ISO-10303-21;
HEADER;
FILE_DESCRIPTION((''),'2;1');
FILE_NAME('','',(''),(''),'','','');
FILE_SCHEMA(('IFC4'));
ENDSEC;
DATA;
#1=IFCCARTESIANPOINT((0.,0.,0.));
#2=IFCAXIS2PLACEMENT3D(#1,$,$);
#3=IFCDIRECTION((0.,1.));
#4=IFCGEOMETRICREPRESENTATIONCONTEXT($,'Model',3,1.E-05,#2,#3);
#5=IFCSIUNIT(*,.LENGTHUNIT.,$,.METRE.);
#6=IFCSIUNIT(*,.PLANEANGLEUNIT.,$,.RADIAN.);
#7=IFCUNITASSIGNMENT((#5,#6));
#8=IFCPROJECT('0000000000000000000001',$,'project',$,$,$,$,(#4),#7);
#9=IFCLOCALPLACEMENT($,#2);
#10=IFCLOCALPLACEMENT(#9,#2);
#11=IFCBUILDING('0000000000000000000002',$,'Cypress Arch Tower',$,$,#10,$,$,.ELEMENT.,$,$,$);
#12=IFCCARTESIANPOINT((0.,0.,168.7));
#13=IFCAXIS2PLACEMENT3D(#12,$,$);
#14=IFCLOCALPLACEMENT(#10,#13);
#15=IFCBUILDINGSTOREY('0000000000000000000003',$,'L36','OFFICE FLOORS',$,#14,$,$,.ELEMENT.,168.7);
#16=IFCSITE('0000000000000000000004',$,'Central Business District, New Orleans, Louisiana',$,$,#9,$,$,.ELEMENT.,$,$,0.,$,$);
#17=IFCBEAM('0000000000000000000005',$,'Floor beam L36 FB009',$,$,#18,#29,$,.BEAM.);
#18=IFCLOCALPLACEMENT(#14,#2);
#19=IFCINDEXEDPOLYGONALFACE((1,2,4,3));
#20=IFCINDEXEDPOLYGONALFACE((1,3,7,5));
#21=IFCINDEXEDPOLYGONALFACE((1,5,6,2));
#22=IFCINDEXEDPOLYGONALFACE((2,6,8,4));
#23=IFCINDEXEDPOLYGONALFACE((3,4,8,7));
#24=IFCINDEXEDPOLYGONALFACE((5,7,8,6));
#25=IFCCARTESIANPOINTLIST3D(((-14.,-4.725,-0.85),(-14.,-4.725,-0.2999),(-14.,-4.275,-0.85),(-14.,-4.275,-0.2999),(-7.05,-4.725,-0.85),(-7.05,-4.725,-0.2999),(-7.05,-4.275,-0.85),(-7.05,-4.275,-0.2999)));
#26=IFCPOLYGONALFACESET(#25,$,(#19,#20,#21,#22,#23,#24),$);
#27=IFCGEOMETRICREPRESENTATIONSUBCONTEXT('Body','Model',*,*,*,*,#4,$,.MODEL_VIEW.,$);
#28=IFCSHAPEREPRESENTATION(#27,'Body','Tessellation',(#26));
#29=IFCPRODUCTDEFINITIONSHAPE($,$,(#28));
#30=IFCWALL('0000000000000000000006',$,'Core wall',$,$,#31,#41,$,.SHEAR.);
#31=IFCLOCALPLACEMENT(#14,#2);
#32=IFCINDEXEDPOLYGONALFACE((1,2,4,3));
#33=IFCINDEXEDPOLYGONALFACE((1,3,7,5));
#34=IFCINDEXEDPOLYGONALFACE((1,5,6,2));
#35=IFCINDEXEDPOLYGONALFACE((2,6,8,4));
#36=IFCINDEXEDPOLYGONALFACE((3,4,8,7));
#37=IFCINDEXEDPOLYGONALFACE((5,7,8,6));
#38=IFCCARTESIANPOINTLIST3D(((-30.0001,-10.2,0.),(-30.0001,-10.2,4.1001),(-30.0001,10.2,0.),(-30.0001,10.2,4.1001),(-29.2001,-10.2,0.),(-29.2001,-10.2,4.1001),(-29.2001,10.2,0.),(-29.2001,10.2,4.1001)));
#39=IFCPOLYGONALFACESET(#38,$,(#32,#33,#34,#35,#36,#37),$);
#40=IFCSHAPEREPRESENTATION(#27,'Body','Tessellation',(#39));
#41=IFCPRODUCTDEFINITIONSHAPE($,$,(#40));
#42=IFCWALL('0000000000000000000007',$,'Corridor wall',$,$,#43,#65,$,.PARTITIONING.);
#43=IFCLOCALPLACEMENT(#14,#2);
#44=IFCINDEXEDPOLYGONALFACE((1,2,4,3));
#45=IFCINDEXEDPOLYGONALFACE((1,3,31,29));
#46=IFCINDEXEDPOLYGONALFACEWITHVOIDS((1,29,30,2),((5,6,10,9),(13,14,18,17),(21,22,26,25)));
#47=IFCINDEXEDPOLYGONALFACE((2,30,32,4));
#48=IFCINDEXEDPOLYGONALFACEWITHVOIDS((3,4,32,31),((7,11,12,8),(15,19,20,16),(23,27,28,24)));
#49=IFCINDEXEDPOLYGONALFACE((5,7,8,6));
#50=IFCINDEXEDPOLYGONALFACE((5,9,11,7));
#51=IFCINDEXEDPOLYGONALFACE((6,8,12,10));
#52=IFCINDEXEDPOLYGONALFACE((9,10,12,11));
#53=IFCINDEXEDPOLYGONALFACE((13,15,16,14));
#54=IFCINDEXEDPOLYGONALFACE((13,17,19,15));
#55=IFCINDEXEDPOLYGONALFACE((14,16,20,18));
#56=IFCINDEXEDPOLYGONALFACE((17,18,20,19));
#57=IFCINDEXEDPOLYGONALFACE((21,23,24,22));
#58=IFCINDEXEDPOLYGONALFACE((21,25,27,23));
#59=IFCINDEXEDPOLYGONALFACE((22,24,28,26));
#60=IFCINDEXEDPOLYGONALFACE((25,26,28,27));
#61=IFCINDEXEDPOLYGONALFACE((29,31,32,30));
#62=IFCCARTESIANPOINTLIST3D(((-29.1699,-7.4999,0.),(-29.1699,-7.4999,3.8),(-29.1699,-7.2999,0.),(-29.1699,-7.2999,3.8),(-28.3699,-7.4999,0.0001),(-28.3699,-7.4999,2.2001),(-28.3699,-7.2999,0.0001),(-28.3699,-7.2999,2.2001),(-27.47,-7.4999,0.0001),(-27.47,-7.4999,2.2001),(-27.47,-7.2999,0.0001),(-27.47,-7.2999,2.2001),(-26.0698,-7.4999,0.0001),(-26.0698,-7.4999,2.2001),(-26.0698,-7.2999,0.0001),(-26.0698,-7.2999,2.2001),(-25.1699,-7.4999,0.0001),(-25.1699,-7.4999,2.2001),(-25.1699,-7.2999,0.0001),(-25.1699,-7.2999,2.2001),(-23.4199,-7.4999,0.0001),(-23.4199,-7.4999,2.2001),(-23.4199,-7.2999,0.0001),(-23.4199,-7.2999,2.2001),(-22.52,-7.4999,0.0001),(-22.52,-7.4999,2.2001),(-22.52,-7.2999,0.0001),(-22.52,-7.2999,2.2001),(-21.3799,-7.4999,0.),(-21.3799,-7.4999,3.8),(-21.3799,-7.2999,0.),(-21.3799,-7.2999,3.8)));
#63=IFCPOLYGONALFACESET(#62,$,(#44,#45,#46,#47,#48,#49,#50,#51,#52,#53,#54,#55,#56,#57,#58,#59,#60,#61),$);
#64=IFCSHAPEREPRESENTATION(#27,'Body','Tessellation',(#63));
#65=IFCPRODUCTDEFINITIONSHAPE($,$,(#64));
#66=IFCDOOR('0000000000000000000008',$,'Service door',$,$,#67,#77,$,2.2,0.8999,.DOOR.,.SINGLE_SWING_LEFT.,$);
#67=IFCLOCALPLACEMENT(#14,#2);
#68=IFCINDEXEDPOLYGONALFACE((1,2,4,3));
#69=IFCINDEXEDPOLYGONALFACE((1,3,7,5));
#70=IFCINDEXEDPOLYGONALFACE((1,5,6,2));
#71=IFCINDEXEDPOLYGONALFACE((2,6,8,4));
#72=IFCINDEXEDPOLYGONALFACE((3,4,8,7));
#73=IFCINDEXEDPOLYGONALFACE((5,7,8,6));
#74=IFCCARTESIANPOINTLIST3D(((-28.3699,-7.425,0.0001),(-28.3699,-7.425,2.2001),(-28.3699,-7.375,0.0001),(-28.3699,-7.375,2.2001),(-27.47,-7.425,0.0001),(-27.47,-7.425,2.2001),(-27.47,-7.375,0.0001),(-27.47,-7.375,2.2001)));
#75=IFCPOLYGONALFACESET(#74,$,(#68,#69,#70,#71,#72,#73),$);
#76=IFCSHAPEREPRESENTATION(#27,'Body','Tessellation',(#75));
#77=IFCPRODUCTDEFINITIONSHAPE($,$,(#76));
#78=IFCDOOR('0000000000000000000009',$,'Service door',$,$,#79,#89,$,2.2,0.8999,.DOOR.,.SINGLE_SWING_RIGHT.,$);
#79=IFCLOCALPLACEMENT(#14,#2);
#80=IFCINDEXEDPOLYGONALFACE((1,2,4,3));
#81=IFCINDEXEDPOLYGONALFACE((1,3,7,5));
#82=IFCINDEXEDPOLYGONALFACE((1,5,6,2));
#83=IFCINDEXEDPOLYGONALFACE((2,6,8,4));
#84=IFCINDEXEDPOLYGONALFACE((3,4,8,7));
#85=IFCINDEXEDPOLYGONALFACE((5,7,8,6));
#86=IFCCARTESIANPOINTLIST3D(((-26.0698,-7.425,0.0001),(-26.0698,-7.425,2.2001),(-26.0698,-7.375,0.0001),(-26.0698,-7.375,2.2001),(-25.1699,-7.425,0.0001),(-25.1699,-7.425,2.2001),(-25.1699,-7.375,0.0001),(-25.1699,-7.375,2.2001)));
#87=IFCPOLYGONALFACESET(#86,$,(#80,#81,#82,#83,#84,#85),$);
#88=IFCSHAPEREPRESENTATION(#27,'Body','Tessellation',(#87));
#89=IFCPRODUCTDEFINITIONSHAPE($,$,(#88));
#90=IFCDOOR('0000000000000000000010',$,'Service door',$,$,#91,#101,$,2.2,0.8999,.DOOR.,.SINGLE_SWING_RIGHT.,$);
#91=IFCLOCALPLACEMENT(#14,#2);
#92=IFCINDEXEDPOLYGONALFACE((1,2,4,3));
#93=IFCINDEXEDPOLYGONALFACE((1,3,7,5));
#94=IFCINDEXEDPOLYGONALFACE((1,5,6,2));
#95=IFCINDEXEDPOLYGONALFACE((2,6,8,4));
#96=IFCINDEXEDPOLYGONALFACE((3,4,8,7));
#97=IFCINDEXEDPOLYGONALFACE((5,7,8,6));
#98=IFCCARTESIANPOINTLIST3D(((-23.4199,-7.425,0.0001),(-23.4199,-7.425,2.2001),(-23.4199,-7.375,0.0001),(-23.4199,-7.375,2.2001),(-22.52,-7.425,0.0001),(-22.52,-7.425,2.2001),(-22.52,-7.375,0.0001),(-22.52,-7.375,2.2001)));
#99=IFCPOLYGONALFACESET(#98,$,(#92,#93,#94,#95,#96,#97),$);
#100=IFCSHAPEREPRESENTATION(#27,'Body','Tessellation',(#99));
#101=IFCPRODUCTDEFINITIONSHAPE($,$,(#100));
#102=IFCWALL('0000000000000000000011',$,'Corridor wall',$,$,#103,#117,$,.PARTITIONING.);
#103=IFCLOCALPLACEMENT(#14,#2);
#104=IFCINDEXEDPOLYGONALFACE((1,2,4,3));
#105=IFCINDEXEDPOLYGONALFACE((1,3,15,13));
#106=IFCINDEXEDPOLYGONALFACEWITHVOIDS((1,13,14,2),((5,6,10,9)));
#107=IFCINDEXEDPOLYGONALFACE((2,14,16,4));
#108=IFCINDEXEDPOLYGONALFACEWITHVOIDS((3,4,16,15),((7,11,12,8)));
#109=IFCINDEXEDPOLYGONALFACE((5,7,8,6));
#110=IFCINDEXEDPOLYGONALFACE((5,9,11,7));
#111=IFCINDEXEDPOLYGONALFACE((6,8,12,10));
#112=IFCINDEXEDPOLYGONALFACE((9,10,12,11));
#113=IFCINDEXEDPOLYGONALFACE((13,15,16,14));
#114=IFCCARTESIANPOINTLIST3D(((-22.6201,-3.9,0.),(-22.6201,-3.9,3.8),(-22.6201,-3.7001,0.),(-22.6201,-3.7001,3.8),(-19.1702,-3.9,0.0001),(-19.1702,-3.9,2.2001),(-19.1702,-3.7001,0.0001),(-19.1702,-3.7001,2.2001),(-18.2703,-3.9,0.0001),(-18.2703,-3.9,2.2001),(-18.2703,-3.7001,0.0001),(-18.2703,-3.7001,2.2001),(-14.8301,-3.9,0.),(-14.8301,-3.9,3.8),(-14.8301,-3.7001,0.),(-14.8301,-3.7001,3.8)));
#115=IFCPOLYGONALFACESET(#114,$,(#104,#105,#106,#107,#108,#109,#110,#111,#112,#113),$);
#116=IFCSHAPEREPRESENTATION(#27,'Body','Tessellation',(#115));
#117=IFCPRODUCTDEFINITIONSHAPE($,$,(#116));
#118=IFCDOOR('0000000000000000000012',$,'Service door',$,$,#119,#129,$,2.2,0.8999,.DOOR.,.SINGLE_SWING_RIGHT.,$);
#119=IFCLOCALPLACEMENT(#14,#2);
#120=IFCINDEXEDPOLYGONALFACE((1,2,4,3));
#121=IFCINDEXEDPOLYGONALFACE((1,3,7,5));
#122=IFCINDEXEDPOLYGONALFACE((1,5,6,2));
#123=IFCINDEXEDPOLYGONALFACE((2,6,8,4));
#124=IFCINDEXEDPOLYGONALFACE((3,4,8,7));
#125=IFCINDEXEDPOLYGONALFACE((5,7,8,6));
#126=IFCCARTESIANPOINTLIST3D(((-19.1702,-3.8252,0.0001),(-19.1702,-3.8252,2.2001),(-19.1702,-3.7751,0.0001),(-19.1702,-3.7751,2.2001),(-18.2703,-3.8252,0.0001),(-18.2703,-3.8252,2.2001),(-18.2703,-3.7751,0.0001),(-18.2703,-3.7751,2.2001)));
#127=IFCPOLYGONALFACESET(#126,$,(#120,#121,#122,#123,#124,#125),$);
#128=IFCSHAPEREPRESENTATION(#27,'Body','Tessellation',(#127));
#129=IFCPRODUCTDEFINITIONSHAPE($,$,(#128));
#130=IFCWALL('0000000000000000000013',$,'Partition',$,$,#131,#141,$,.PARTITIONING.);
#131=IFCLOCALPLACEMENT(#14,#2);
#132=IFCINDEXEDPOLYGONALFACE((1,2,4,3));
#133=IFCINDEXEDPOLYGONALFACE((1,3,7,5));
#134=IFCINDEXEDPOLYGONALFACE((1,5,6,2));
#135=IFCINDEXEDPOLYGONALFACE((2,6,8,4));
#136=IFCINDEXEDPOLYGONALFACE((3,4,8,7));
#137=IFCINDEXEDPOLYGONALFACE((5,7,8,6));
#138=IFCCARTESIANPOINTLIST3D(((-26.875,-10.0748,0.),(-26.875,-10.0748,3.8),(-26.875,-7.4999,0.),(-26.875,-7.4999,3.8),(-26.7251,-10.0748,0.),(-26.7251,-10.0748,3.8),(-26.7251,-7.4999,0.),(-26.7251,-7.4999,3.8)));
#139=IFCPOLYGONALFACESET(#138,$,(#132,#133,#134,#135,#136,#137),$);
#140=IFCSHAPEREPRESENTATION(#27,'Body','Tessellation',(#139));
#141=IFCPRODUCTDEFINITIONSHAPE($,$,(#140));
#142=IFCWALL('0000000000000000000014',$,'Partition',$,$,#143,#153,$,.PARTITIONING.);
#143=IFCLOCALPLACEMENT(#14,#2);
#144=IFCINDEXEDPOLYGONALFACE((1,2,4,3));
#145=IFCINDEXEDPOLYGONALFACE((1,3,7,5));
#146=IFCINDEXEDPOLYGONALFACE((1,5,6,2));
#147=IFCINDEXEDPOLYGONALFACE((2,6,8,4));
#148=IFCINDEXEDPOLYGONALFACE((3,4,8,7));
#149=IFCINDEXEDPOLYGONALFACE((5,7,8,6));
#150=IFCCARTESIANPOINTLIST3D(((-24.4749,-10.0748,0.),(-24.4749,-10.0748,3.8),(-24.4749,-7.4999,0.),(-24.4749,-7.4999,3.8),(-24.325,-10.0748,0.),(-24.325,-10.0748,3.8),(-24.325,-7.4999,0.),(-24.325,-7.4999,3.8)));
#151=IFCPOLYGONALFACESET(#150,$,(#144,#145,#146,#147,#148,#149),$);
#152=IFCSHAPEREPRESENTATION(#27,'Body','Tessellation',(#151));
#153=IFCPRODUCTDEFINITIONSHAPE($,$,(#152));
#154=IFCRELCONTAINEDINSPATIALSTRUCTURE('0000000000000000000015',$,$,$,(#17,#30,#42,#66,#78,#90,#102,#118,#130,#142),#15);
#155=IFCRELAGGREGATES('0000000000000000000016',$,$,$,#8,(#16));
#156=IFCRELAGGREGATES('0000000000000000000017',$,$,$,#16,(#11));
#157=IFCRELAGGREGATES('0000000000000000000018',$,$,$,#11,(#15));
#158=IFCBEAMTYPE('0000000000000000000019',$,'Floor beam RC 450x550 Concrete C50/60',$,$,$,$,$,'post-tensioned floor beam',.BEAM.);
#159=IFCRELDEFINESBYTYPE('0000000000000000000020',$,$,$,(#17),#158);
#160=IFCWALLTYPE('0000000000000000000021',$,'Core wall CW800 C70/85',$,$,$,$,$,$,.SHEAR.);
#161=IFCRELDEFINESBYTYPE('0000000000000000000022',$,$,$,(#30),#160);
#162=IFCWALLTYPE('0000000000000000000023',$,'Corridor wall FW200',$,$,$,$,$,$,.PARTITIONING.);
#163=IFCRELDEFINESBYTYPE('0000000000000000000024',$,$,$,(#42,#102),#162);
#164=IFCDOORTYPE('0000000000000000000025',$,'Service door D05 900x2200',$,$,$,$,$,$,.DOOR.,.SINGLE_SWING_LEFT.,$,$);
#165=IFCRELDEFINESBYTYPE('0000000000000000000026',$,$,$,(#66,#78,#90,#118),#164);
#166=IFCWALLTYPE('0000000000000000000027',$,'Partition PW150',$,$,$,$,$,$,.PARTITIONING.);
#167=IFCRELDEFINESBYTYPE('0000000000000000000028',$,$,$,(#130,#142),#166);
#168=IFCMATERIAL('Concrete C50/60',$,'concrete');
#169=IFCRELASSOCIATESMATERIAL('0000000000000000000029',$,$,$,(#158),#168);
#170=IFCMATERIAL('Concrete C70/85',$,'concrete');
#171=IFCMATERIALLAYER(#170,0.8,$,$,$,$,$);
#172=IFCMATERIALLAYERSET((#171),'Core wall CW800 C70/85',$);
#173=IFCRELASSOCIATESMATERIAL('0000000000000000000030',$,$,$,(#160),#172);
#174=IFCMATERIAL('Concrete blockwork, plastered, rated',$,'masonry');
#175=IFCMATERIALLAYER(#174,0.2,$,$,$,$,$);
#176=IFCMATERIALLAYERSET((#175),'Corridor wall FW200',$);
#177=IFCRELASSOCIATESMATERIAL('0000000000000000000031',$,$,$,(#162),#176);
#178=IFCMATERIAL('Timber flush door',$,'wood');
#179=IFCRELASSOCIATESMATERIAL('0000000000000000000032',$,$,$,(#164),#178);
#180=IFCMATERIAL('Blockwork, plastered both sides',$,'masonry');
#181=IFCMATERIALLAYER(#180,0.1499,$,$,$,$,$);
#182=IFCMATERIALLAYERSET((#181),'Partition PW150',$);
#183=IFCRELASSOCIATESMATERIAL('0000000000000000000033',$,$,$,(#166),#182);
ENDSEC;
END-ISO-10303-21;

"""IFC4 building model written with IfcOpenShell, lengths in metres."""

from ifc_helpers import new_model, si_unit, direction, frame, frame_2d, origin, origin_2d, place, context, subcontext, project, spatial, rectangle, extrude, material, layer, layer_set, material_profile, profile_set, type_object, element, fill, save


model = new_model("IFC4")

# Units and contexts
model_context = context("Model", 3, precision=1e-05, world=origin(), true_north=direction((0.0, 1.0)))
body_context = subcontext(model_context, "Body", "Model", "MODEL_VIEW")
ifc_project = project(units=[si_unit("LENGTHUNIT", "METRE"), si_unit("PLANEANGLEUNIT", "RADIAN")], contexts=[model_context])

# Site, building, storey
site_placement = place(None, origin())
site = spatial("IfcSite", under=ifc_project, at=site_placement, Name="Central Business District, New Orleans, Louisiana", CompositionType="ELEMENT", RefElevation=0.0)
building_placement = place(site_placement, origin())
building = spatial("IfcBuilding", under=site, at=building_placement, Name="Cypress Arch Tower", CompositionType="ELEMENT")
storey_placement = place(building_placement, frame((0.0, 0.0, 168.7)))
storey = spatial("IfcBuildingStorey", under=building, at=storey_placement, Name="L36", Description="OFFICE FLOORS", CompositionType="ELEMENT", Elevation=168.7)

# Beam
ifc_material_1 = material(Name="Concrete C50/60", Category="concrete")
ifc_material_profile = material_profile(ifc_material_1, rectangle(XDim=0.45, YDim=0.55, at=origin_2d()), Name="RC 450x550")
ifc_profile_set = profile_set([ifc_material_profile], Name="Concrete C50/60")
beam_type = type_object("IfcBeamType", Name="Floor beam RC 450x550 Concrete C50/60", ElementType="post-tensioned floor beam", PredefinedType="BEAM", material=ifc_profile_set)
beam_placement = place(storey_placement, frame((-14.0, -4.5, -0.575), z_axis=(1.0, 0.0, 0.0), x_axis=(0.0, 1.0, 0.0)))
element("IfcBeam", 1, at=beam_placement, inside=storey, type_object=beam_type, Name="Floor beam L36 FB009", PredefinedType="BEAM", context=body_context, shape_type="SweptSolid", body=[
    extrude(rectangle(XDim=0.45, YDim=0.55, at=origin_2d()), origin(), (0.0, 0.0, 1.0), 6.95),
])

# Wall
ifc_material_2 = material(Name="Concrete C70/85", Category="concrete")
ifc_layer_1 = layer(ifc_material_2, 0.8)
ifc_layer_set_1 = layer_set([ifc_layer_1], Name="Core wall CW800 C70/85")
wall_type_1 = type_object("IfcWallType", Name="Core wall CW800 C70/85", PredefinedType="SHEAR", material=ifc_layer_set_1)
wall_1_placement = place(storey_placement, frame((-29.6001, -10.2, 0.0), z_axis=(0.0, 0.0, 1.0), x_axis=(0.0, 1.0, 0.0)))
element("IfcWall", 2, at=wall_1_placement, inside=storey, type_object=wall_type_1, Name="Core wall", PredefinedType="SHEAR", context=body_context, shape_type="SweptSolid", body=[
    extrude(rectangle(XDim=20.3999, YDim=0.8, at=frame_2d((10.2, 0.0))), origin(), (0.0, 0.0, 1.0), 4.1001),
])

# Wall, openings, doors
ifc_material_3 = material(Name="Concrete blockwork, plastered, rated", Category="masonry")
ifc_layer_2 = layer(ifc_material_3, 0.2)
ifc_layer_set_2 = layer_set([ifc_layer_2], Name="Corridor wall FW200")
wall_type_2 = type_object("IfcWallType", Name="Corridor wall FW200", PredefinedType="PARTITIONING", material=ifc_layer_set_2)
wall_2_placement = place(storey_placement, frame((-29.1699, -7.3999, 0.0), z_axis=(0.0, 0.0, 1.0), x_axis=(1.0, 0.0, 0.0)))
wall_2 = element("IfcWall", 3, at=wall_2_placement, inside=storey, type_object=wall_type_2, Name="Corridor wall", PredefinedType="PARTITIONING", context=body_context, shape_type="SweptSolid", body=[
    extrude(rectangle(XDim=7.79, YDim=0.2, at=frame_2d((3.895, 0.0))), origin(), (0.0, 0.0, 1.0), 3.8),
])
opening_1_placement = place(wall_2_placement, frame((0.8, 0.0, 0.0)))
opening_1 = element("IfcOpeningElement", 4, at=opening_1_placement, cuts=wall_2, PredefinedType="OPENING", context=body_context, shape_type="SweptSolid", body=[
    extrude(rectangle(XDim=0.8999, YDim=2.2, at=frame_2d((0.45, 1.1001))), frame((0.0, 0.1099, 0.0), z_axis=(0.0, -1.0, 0.0), x_axis=(1.0, 0.0, 0.0)), (0.0, 0.0, 1.0), 0.22),
])
opening_2_placement = place(wall_2_placement, frame((3.1001, 0.0, 0.0)))
opening_2 = element("IfcOpeningElement", 5, at=opening_2_placement, cuts=wall_2, PredefinedType="OPENING", context=body_context, shape_type="SweptSolid", body=[
    extrude(rectangle(XDim=0.8999, YDim=2.2, at=frame_2d((0.45, 1.1001))), frame((0.0, 0.1099, 0.0), z_axis=(0.0, -1.0, 0.0), x_axis=(1.0, 0.0, 0.0)), (0.0, 0.0, 1.0), 0.22),
])
opening_3_placement = place(wall_2_placement, frame((5.75, 0.0, 0.0)))
opening_3 = element("IfcOpeningElement", 6, at=opening_3_placement, cuts=wall_2, PredefinedType="OPENING", context=body_context, shape_type="SweptSolid", body=[
    extrude(rectangle(XDim=0.8999, YDim=2.2, at=frame_2d((0.45, 1.1001))), frame((0.0, 0.1099, 0.0), z_axis=(0.0, -1.0, 0.0), x_axis=(1.0, 0.0, 0.0)), (0.0, 0.0, 1.0), 0.22),
])
ifc_material_4 = material(Name="Timber flush door", Category="wood")
door_type_1 = type_object("IfcDoorType", Name="Service door D05 900x2200", OperationType="SINGLE_SWING_LEFT", PredefinedType="DOOR", material=ifc_material_4)
door_1_placement = place(opening_1_placement, origin())
door_1 = element("IfcDoor", 7, at=door_1_placement, inside=storey, type_object=door_type_1, Name="Service door", OperationType="SINGLE_SWING_LEFT", OverallHeight=2.2, OverallWidth=0.8999, PredefinedType="DOOR", context=body_context, shape_type="SweptSolid", body=[
    extrude(rectangle(XDim=0.8999, YDim=2.2, at=frame_2d((0.45, 1.1001))), frame((0.0, 0.0249, 0.0), z_axis=(0.0, -1.0, 0.0), x_axis=(1.0, 0.0, 0.0)), (0.0, 0.0, 1.0), 0.05),
])
fill(opening_1, door_1)
door_2_placement = place(opening_2_placement, origin())
door_2 = element("IfcDoor", 8, at=door_2_placement, inside=storey, type_object=door_type_1, Name="Service door", OperationType="SINGLE_SWING_RIGHT", OverallHeight=2.2, OverallWidth=0.8999, PredefinedType="DOOR", context=body_context, shape_type="SweptSolid", body=[
    extrude(rectangle(XDim=0.8999, YDim=2.2, at=frame_2d((0.45, 1.1001))), frame((0.0, 0.0249, 0.0), z_axis=(0.0, -1.0, 0.0), x_axis=(1.0, 0.0, 0.0)), (0.0, 0.0, 1.0), 0.05),
])
fill(opening_2, door_2)
door_3_placement = place(opening_3_placement, origin())
door_3 = element("IfcDoor", 9, at=door_3_placement, inside=storey, type_object=door_type_1, Name="Service door", OperationType="SINGLE_SWING_RIGHT", OverallHeight=2.2, OverallWidth=0.8999, PredefinedType="DOOR", context=body_context, shape_type="SweptSolid", body=[
    extrude(rectangle(XDim=0.8999, YDim=2.2, at=frame_2d((0.45, 1.1001))), frame((0.0, 0.0249, 0.0), z_axis=(0.0, -1.0, 0.0), x_axis=(1.0, 0.0, 0.0)), (0.0, 0.0, 1.0), 0.05),
])
fill(opening_3, door_3)

# Wall, opening, door
wall_3_placement = place(storey_placement, frame((-22.6201, -3.8, 0.0), z_axis=(0.0, 0.0, 1.0), x_axis=(1.0, 0.0, 0.0)))
wall_3 = element("IfcWall", 10, at=wall_3_placement, inside=storey, type_object=wall_type_2, Name="Corridor wall", PredefinedType="PARTITIONING", context=body_context, shape_type="SweptSolid", body=[
    extrude(rectangle(XDim=7.79, YDim=0.2, at=frame_2d((3.895, 0.0))), origin(), (0.0, 0.0, 1.0), 3.8),
])
opening_4_placement = place(wall_3_placement, frame((3.45, 0.0, 0.0)))
opening_4 = element("IfcOpeningElement", 11, at=opening_4_placement, cuts=wall_3, PredefinedType="OPENING", context=body_context, shape_type="SweptSolid", body=[
    extrude(rectangle(XDim=0.8999, YDim=2.2, at=frame_2d((0.45, 1.1001))), frame((0.0, 0.1099, 0.0), z_axis=(0.0, -1.0, 0.0), x_axis=(1.0, 0.0, 0.0)), (0.0, 0.0, 1.0), 0.22),
])
door_4_placement = place(opening_4_placement, origin())
door_4 = element("IfcDoor", 12, at=door_4_placement, inside=storey, type_object=door_type_1, Name="Service door", OperationType="SINGLE_SWING_RIGHT", OverallHeight=2.2, OverallWidth=0.8999, PredefinedType="DOOR", context=body_context, shape_type="SweptSolid", body=[
    extrude(rectangle(XDim=0.8999, YDim=2.2, at=frame_2d((0.45, 1.1001))), frame((0.0, 0.0249, 0.0), z_axis=(0.0, -1.0, 0.0), x_axis=(1.0, 0.0, 0.0)), (0.0, 0.0, 1.0), 0.05),
])
fill(opening_4, door_4)

# Walls
ifc_material_5 = material(Name="Blockwork, plastered both sides", Category="masonry")
ifc_layer_3 = layer(ifc_material_5, 0.1499)
ifc_layer_set_3 = layer_set([ifc_layer_3], Name="Partition PW150")
wall_type_3 = type_object("IfcWallType", Name="Partition PW150", PredefinedType="PARTITIONING", material=ifc_layer_set_3)
for number, where, z_axis, x_axis, name in (
    (13, (-26.8, -10.075, 0.0), (0.0, 0.0, 1.0), (0.0, 1.0, 0.0), "Partition"),
    (14, (-24.3999, -10.075, 0.0), (0.0, 0.0, 1.0), (0.0, 1.0, 0.0), "Partition"),
):
    element("IfcWall", number, at=place(storey_placement, frame(where, z_axis=z_axis, x_axis=x_axis)), inside=storey, type_object=wall_type_3, Name=name, PredefinedType="PARTITIONING", context=body_context, shape_type="SweptSolid", body=[
        extrude(rectangle(XDim=2.575, YDim=0.1499, at=frame_2d((1.2876, 0.0))), origin(), (0.0, 0.0, 1.0), 3.8),
    ])

save(model, "model.ifc")
